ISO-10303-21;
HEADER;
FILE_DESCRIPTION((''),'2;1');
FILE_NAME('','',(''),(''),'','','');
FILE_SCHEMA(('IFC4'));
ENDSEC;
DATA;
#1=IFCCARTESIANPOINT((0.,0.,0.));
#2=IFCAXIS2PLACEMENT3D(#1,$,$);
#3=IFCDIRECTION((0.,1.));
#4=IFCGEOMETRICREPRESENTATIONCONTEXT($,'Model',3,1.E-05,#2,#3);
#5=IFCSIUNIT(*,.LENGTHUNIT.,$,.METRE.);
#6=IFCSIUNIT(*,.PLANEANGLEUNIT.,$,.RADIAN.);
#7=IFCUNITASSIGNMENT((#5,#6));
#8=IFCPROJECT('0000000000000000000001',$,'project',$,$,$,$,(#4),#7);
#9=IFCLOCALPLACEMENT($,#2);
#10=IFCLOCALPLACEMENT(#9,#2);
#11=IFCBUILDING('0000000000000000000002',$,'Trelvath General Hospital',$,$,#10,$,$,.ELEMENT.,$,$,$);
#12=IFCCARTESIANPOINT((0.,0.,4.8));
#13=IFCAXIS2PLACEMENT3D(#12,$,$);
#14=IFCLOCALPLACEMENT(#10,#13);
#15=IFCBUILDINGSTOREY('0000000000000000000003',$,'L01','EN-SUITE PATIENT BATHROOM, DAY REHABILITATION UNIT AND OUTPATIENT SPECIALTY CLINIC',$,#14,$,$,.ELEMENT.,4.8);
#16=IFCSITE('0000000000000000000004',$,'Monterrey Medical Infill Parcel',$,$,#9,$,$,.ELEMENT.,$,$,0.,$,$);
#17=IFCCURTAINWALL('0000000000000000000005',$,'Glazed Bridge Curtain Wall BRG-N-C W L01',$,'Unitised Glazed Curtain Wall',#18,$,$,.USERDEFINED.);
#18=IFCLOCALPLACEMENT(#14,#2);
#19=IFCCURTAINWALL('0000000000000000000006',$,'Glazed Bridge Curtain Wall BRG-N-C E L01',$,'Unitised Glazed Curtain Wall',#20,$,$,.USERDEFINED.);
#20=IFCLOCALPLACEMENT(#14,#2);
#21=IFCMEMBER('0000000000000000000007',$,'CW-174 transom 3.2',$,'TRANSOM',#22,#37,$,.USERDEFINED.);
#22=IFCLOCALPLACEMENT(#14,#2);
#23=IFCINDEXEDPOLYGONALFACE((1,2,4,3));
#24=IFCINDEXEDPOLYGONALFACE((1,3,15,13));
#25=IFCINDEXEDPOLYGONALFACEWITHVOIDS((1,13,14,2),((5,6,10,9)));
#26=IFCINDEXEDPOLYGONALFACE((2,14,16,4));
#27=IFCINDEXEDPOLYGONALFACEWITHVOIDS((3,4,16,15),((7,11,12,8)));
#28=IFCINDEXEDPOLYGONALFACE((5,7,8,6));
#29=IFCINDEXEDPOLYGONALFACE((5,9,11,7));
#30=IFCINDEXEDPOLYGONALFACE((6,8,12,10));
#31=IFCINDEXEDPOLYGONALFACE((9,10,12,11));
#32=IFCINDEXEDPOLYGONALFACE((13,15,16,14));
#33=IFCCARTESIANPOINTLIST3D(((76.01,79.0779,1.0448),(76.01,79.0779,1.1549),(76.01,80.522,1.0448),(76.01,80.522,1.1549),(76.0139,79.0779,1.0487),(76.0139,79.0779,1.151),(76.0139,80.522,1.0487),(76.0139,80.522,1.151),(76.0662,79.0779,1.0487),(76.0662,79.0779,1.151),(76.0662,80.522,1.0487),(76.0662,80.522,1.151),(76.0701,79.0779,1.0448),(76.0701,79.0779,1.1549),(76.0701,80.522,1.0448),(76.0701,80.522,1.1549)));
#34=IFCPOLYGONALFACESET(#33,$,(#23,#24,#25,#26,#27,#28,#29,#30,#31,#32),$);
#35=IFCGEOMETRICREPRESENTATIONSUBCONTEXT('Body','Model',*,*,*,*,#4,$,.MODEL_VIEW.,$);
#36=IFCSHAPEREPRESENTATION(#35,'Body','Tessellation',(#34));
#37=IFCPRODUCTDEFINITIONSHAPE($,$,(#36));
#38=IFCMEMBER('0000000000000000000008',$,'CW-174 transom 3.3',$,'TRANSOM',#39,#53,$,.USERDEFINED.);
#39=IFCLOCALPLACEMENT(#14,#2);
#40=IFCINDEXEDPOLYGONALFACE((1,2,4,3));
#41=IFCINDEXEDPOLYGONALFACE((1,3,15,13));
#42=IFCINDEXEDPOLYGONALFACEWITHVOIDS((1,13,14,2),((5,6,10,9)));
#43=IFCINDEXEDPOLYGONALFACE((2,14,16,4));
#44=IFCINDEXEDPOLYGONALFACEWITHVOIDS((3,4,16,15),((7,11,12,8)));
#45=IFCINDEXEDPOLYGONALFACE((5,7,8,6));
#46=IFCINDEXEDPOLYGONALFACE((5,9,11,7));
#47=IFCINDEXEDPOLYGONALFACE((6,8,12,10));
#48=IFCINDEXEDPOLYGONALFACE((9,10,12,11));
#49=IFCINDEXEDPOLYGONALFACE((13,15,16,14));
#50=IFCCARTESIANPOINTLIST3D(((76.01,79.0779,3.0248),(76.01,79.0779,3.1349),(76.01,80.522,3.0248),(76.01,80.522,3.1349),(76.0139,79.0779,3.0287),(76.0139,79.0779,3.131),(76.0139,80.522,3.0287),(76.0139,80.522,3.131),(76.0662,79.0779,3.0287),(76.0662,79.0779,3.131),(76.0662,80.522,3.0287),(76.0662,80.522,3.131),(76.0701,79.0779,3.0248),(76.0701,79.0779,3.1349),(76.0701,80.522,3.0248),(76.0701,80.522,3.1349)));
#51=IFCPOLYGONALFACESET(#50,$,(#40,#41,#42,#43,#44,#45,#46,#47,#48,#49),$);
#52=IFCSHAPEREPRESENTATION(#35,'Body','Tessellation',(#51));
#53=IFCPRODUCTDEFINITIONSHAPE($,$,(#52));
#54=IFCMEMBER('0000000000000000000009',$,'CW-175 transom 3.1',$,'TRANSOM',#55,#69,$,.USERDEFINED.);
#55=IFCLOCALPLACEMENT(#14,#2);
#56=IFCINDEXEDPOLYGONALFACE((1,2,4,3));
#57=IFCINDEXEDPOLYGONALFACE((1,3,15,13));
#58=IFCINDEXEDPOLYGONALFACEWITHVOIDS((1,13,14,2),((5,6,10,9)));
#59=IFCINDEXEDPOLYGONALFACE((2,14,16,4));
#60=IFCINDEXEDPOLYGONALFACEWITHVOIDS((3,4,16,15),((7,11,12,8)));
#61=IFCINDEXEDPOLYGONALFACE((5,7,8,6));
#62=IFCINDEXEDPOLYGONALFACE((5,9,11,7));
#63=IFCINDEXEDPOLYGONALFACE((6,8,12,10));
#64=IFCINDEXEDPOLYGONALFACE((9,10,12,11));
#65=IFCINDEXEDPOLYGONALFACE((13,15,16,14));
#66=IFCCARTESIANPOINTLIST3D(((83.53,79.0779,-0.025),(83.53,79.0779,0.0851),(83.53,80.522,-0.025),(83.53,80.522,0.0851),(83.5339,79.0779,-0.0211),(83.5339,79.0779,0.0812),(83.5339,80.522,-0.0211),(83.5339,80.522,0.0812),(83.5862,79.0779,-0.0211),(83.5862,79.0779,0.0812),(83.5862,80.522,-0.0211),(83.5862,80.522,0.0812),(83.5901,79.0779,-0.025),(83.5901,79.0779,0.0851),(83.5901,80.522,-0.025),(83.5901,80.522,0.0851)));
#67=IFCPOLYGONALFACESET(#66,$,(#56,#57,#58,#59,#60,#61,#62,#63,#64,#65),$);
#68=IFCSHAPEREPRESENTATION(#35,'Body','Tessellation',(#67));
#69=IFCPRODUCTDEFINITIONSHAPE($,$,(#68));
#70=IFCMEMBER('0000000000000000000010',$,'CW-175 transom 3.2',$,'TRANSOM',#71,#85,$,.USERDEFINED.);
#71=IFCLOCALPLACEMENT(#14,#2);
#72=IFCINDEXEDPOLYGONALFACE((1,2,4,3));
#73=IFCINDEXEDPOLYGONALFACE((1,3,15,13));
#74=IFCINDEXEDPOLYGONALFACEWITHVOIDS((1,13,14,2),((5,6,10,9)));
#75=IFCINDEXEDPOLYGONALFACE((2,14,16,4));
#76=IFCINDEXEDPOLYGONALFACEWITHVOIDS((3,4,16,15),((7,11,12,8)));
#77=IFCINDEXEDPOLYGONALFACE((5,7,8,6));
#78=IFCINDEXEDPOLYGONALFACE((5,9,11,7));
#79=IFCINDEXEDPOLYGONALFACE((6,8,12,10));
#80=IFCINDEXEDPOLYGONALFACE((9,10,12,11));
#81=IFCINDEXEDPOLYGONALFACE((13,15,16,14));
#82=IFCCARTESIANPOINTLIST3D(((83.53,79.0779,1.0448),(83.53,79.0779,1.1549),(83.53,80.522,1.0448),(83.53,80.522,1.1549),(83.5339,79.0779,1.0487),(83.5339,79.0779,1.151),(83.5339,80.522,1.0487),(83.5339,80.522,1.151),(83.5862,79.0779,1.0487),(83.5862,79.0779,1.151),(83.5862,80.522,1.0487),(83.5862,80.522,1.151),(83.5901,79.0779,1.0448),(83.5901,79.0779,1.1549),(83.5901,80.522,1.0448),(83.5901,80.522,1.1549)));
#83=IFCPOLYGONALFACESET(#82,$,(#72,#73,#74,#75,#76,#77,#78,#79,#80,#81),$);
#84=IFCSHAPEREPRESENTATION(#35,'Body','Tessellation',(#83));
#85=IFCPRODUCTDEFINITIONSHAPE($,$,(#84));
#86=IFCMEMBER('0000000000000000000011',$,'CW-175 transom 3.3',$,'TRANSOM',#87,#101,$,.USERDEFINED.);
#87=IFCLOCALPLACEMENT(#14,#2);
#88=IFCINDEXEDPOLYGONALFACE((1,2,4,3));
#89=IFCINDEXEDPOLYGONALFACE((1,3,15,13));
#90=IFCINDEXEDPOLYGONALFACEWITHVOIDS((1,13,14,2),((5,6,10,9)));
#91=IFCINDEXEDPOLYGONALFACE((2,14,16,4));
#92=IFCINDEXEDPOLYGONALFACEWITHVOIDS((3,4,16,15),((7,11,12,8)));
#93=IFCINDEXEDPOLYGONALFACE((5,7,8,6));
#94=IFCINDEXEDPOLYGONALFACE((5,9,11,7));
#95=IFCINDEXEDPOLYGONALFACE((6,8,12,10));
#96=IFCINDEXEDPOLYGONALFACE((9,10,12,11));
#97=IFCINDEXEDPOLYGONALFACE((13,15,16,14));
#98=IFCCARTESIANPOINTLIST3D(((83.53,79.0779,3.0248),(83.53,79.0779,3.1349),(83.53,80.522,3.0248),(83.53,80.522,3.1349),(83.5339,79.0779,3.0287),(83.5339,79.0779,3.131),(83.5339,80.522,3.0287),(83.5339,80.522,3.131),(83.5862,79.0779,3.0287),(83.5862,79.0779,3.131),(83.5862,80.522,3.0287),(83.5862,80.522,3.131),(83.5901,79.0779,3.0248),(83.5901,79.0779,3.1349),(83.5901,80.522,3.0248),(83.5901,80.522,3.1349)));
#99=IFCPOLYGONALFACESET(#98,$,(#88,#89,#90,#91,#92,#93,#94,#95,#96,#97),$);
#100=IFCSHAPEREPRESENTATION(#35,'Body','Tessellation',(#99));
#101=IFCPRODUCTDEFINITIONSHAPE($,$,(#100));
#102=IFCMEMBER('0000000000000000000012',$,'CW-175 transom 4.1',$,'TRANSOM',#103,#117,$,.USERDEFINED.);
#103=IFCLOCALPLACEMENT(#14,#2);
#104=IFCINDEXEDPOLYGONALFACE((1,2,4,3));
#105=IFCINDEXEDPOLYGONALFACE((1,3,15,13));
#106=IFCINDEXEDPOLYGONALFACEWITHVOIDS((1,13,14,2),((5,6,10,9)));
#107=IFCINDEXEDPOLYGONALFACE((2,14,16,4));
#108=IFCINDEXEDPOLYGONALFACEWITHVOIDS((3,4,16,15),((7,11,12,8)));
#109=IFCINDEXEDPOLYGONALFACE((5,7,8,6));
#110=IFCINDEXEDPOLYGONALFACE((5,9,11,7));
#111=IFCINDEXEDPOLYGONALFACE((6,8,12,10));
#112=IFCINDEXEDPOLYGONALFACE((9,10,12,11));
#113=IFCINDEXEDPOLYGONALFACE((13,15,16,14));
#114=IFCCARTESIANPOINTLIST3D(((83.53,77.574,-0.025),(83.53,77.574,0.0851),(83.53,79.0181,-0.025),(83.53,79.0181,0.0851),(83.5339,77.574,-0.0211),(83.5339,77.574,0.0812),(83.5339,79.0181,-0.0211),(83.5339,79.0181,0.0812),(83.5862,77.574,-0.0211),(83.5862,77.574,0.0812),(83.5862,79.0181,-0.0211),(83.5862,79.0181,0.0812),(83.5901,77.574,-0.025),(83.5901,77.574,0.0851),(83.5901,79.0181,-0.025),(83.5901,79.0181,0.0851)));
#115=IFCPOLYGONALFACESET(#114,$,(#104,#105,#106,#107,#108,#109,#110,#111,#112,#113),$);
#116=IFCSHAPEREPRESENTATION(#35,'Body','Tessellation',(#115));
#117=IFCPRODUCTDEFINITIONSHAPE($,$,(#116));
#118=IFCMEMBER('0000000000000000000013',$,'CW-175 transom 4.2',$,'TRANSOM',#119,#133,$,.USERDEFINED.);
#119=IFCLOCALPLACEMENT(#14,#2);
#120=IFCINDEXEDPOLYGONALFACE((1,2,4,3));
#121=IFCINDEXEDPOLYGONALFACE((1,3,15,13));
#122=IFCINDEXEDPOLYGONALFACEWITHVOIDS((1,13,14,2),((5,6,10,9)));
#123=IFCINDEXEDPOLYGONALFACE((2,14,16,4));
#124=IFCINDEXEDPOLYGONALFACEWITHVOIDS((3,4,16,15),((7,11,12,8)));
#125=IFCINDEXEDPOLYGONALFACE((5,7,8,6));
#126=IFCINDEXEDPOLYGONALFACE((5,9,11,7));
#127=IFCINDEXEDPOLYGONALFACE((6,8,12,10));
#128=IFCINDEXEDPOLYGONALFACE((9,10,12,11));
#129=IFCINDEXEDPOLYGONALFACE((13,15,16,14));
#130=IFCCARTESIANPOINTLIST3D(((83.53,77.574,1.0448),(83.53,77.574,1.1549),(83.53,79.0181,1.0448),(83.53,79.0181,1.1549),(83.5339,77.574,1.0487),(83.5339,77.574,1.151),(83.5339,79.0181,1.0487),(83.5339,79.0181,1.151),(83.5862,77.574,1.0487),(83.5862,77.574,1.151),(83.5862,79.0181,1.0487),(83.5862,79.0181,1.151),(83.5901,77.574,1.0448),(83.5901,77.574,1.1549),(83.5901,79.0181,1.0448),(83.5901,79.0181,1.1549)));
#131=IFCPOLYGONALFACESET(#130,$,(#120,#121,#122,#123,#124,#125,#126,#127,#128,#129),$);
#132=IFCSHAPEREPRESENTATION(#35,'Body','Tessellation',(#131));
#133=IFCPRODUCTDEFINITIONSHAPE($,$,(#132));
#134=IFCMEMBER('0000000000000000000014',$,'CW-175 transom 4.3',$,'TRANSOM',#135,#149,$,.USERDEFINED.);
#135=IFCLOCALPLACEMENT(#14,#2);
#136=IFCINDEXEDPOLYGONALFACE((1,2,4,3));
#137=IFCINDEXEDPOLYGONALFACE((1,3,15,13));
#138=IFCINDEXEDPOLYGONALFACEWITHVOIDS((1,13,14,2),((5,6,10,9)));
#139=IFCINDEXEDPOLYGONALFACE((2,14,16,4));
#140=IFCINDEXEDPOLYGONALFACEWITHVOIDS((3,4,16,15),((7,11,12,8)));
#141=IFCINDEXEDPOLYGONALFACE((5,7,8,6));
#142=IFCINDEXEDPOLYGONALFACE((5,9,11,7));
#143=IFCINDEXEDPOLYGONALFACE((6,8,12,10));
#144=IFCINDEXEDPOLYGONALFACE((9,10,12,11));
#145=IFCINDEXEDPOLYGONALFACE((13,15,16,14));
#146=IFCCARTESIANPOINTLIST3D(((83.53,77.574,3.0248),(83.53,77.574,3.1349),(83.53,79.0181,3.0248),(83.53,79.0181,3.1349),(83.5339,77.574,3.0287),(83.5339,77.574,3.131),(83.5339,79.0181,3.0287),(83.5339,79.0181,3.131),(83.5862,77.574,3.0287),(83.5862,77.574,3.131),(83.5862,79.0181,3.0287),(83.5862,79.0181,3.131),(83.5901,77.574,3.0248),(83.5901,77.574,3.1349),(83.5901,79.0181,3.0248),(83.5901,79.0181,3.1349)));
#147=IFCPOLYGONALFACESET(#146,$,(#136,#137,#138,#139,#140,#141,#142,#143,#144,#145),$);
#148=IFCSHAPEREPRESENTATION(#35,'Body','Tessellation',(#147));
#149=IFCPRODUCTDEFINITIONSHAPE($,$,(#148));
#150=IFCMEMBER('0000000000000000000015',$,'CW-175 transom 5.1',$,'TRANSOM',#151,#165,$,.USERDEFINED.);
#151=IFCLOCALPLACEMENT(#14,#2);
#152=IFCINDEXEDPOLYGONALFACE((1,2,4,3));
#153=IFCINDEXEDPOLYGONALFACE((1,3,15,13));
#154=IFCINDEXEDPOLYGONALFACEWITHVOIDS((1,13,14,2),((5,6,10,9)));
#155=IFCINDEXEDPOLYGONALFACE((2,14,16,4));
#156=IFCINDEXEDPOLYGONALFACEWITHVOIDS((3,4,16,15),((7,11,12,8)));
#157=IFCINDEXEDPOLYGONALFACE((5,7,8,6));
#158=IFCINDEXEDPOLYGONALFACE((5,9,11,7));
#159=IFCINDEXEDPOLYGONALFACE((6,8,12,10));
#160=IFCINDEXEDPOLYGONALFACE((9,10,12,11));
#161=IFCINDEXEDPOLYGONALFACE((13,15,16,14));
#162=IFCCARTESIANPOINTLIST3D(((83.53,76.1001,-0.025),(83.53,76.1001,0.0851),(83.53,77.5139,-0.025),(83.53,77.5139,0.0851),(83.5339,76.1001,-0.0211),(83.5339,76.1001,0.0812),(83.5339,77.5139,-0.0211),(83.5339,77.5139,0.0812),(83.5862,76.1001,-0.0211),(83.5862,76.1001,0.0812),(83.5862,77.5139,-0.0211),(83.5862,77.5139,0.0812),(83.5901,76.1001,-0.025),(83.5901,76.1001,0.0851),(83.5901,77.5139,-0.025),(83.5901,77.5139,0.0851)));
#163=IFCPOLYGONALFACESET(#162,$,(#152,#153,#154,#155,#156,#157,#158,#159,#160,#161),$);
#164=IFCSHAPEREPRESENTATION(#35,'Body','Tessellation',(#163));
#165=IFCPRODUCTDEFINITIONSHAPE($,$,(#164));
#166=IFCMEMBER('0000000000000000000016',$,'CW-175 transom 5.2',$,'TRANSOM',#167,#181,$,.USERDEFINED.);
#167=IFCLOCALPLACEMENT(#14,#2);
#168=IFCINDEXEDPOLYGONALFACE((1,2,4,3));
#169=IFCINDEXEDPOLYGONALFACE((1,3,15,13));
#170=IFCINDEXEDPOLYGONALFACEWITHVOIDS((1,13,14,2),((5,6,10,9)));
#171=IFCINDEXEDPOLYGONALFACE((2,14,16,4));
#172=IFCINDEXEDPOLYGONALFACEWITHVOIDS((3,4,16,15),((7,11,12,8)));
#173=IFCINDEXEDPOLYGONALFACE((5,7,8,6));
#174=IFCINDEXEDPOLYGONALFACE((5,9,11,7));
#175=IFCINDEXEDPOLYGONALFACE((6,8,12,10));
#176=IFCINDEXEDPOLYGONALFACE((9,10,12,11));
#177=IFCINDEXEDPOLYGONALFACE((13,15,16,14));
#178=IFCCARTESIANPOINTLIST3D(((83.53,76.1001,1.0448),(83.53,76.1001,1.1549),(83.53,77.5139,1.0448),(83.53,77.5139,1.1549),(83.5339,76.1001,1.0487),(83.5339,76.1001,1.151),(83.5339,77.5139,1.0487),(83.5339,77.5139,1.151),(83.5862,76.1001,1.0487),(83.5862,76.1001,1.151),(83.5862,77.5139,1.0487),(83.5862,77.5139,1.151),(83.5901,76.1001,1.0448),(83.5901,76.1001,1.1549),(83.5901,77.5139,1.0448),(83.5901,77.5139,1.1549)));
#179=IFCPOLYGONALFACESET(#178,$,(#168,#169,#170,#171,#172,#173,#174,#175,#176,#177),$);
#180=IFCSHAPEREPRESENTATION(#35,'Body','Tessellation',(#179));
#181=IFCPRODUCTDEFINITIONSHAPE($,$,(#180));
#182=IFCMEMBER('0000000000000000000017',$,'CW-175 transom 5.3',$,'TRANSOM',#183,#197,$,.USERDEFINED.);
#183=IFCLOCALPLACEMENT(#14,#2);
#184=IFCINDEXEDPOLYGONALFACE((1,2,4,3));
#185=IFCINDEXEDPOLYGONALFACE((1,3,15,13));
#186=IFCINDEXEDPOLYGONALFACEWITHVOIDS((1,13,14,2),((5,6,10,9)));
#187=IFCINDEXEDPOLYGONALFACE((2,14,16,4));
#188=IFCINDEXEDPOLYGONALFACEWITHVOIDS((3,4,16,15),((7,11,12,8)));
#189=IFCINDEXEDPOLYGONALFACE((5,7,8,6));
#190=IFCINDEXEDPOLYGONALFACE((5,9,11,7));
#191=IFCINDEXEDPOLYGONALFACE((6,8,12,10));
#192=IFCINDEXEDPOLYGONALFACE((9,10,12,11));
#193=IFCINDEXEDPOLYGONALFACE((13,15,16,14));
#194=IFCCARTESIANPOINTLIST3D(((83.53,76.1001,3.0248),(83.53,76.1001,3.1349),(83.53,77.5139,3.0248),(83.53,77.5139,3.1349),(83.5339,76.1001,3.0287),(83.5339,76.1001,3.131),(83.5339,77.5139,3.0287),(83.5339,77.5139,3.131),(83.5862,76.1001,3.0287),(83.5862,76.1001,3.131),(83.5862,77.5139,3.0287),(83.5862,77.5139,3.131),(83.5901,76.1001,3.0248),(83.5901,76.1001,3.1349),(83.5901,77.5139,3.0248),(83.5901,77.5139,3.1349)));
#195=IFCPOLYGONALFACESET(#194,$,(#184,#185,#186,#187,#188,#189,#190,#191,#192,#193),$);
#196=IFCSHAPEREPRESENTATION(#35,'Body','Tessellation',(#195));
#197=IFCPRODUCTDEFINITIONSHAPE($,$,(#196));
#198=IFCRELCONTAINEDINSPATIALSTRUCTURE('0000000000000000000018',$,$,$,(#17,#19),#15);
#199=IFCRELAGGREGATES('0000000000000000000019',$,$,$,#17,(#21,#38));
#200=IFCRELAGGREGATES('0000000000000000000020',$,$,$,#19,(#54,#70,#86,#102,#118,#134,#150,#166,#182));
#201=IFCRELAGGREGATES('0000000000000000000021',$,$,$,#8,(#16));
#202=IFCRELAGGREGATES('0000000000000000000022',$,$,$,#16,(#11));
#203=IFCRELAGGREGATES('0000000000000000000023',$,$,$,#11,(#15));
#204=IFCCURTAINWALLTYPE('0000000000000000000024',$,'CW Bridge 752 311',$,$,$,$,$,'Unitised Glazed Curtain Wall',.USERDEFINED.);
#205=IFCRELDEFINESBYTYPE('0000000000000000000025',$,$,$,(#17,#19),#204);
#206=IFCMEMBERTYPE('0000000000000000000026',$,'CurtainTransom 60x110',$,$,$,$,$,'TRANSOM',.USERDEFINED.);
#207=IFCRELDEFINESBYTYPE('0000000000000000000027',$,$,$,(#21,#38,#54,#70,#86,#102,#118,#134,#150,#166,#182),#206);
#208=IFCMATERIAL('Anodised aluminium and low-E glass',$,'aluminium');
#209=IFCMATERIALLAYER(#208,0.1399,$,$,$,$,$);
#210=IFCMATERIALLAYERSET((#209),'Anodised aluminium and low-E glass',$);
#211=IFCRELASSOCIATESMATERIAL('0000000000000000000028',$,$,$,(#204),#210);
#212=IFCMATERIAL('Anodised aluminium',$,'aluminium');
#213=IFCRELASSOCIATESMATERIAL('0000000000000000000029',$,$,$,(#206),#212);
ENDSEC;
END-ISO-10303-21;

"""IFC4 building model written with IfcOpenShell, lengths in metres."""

from ifc_helpers import new_model, si_unit, direction, frame, origin, origin_2d, place, context, subcontext, project, spatial, hollow_rectangle, extrude, material, layer, layer_set, material_profile, profile_set, type_object, element, aggregate, save


model = new_model("IFC4")

# Units and contexts
model_context = context("Model", 3, precision=1e-05, world=origin(), true_north=direction((0.0, 1.0)))
body_context = subcontext(model_context, "Body", "Model", "MODEL_VIEW")
ifc_project = project(units=[si_unit("LENGTHUNIT", "METRE"), si_unit("PLANEANGLEUNIT", "RADIAN")], contexts=[model_context])

# Site, building, storey
site_placement = place(None, origin())
site = spatial("IfcSite", under=ifc_project, at=site_placement, Name="Monterrey Medical Infill Parcel", CompositionType="ELEMENT", RefElevation=0.0)
building_placement = place(site_placement, origin())
building = spatial("IfcBuilding", under=site, at=building_placement, Name="Trelvath General Hospital", CompositionType="ELEMENT")
storey_placement = place(building_placement, frame((0.0, 0.0, 4.8)))
storey = spatial("IfcBuildingStorey", under=building, at=storey_placement, Name="L01", Description="EN-SUITE PATIENT BATHROOM, DAY REHABILITATION UNIT AND OUTPATIENT SPECIALTY CLINIC", CompositionType="ELEMENT", Elevation=4.8)

# Shared definitions
ifc_material_1 = material(Name="Anodised aluminium and low-E glass", Category="aluminium")
ifc_layer_1 = layer(ifc_material_1, 0.1399)
ifc_layer_set_1 = layer_set([ifc_layer_1], Name="Anodised aluminium and low-E glass")
curtain_wall_type = type_object("IfcCurtainWallType", Name="CW Bridge 752 311", ElementType="Unitised Glazed Curtain Wall", PredefinedType="USERDEFINED", material=ifc_layer_set_1)

# Curtain walls
curtain_wall_1_placement = place(storey_placement, origin())
curtain_wall_1 = element("IfcCurtainWall", 1, at=curtain_wall_1_placement, inside=storey, type_object=curtain_wall_type, Name="Glazed Bridge Curtain Wall BRG-N-C W L01", ObjectType="Unitised Glazed Curtain Wall", PredefinedType="USERDEFINED")
curtain_wall_2_placement = place(storey_placement, origin())
curtain_wall_2 = element("IfcCurtainWall", 2, at=curtain_wall_2_placement, inside=storey, type_object=curtain_wall_type, Name="Glazed Bridge Curtain Wall BRG-N-C E L01", ObjectType="Unitised Glazed Curtain Wall", PredefinedType="USERDEFINED")

# Members
ifc_material_2 = material(Name="Anodised aluminium", Category="aluminium")
ifc_material_profile_1 = material_profile(ifc_material_2, hollow_rectangle(XDim=0.0601, YDim=0.1101, WallThickness=0.0039, at=origin_2d()), Name="RHS60x110x4")
ifc_profile_set_1 = profile_set([ifc_material_profile_1], Name="Anodised aluminium")
member_type_1 = type_object("IfcMemberType", Name="CurtainTransom 60x110", ElementType="TRANSOM", PredefinedType="USERDEFINED", material=ifc_profile_set_1)
member_1_placement = place(storey_placement, frame((76.04, 79.0779, 1.0999), z_axis=(0.0, 1.0, 0.0), x_axis=(-1.0, 0.0, 0.0)))
member_1 = element("IfcMember", 3, at=member_1_placement, type_object=member_type_1, Name="CW-174 transom 3.2", ObjectType="TRANSOM", PredefinedType="USERDEFINED", context=body_context, shape_type="SweptSolid", body=[
    extrude(hollow_rectangle(XDim=0.0601, YDim=0.1101, WallThickness=0.0039, at=origin_2d()), origin(), (0.0, 0.0, 1.0), 1.4441),
])
member_2_placement = place(storey_placement, frame((76.04, 79.0779, 3.0798), z_axis=(0.0, 1.0, 0.0), x_axis=(-1.0, 0.0, 0.0)))
member_2 = element("IfcMember", 4, at=member_2_placement, type_object=member_type_1, Name="CW-174 transom 3.3", ObjectType="TRANSOM", PredefinedType="USERDEFINED", context=body_context, shape_type="SweptSolid", body=[
    extrude(hollow_rectangle(XDim=0.0601, YDim=0.1101, WallThickness=0.0039, at=origin_2d()), origin(), (0.0, 0.0, 1.0), 1.4441),
])
member_3_placement = place(storey_placement, frame((83.5601, 80.522, 0.03), z_axis=(0.0, -1.0, 0.0), x_axis=(1.0, 0.0, 0.0)))
member_3 = element("IfcMember", 5, at=member_3_placement, type_object=member_type_1, Name="CW-175 transom 3.1", ObjectType="TRANSOM", PredefinedType="USERDEFINED", context=body_context, shape_type="SweptSolid", body=[
    extrude(hollow_rectangle(XDim=0.0601, YDim=0.1101, WallThickness=0.0039, at=origin_2d()), origin(), (0.0, 0.0, 1.0), 1.4441),
])
member_4_placement = place(storey_placement, frame((83.5601, 80.522, 1.0999), z_axis=(0.0, -1.0, 0.0), x_axis=(1.0, 0.0, 0.0)))
member_4 = element("IfcMember", 6, at=member_4_placement, type_object=member_type_1, Name="CW-175 transom 3.2", ObjectType="TRANSOM", PredefinedType="USERDEFINED", context=body_context, shape_type="SweptSolid", body=[
    extrude(hollow_rectangle(XDim=0.0601, YDim=0.1101, WallThickness=0.0039, at=origin_2d()), origin(), (0.0, 0.0, 1.0), 1.4441),
])
member_5_placement = place(storey_placement, frame((83.5601, 80.522, 3.0798), z_axis=(0.0, -1.0, 0.0), x_axis=(1.0, 0.0, 0.0)))
member_5 = element("IfcMember", 7, at=member_5_placement, type_object=member_type_1, Name="CW-175 transom 3.3", ObjectType="TRANSOM", PredefinedType="USERDEFINED", context=body_context, shape_type="SweptSolid", body=[
    extrude(hollow_rectangle(XDim=0.0601, YDim=0.1101, WallThickness=0.0039, at=origin_2d()), origin(), (0.0, 0.0, 1.0), 1.4441),
])
member_6_placement = place(storey_placement, frame((83.5601, 79.0181, 0.03), z_axis=(0.0, -1.0, 0.0), x_axis=(1.0, 0.0, 0.0)))
member_6 = element("IfcMember", 8, at=member_6_placement, type_object=member_type_1, Name="CW-175 transom 4.1", ObjectType="TRANSOM", PredefinedType="USERDEFINED", context=body_context, shape_type="SweptSolid", body=[
    extrude(hollow_rectangle(XDim=0.0601, YDim=0.1101, WallThickness=0.0039, at=origin_2d()), origin(), (0.0, 0.0, 1.0), 1.4441),
])
member_7_placement = place(storey_placement, frame((83.5601, 79.0181, 1.0999), z_axis=(0.0, -1.0, 0.0), x_axis=(1.0, 0.0, 0.0)))
member_7 = element("IfcMember", 9, at=member_7_placement, type_object=member_type_1, Name="CW-175 transom 4.2", ObjectType="TRANSOM", PredefinedType="USERDEFINED", context=body_context, shape_type="SweptSolid", body=[
    extrude(hollow_rectangle(XDim=0.0601, YDim=0.1101, WallThickness=0.0039, at=origin_2d()), origin(), (0.0, 0.0, 1.0), 1.4441),
])
member_8_placement = place(storey_placement, frame((83.5601, 79.0181, 3.0798), z_axis=(0.0, -1.0, 0.0), x_axis=(1.0, 0.0, 0.0)))
member_8 = element("IfcMember", 10, at=member_8_placement, type_object=member_type_1, Name="CW-175 transom 4.3", ObjectType="TRANSOM", PredefinedType="USERDEFINED", context=body_context, shape_type="SweptSolid", body=[
    extrude(hollow_rectangle(XDim=0.0601, YDim=0.1101, WallThickness=0.0039, at=origin_2d()), origin(), (0.0, 0.0, 1.0), 1.4441),
])
member_9_placement = place(storey_placement, frame((83.5601, 77.5139, 0.03), z_axis=(0.0, -1.0, 0.0), x_axis=(1.0, 0.0, 0.0)))
member_9 = element("IfcMember", 11, at=member_9_placement, type_object=member_type_1, Name="CW-175 transom 5.1", ObjectType="TRANSOM", PredefinedType="USERDEFINED", context=body_context, shape_type="SweptSolid", body=[
    extrude(hollow_rectangle(XDim=0.0601, YDim=0.1101, WallThickness=0.0039, at=origin_2d()), origin(), (0.0, 0.0, 1.0), 1.4138),
])
member_10_placement = place(storey_placement, frame((83.5601, 77.5139, 1.0999), z_axis=(0.0, -1.0, 0.0), x_axis=(1.0, 0.0, 0.0)))
member_10 = element("IfcMember", 12, at=member_10_placement, type_object=member_type_1, Name="CW-175 transom 5.2", ObjectType="TRANSOM", PredefinedType="USERDEFINED", context=body_context, shape_type="SweptSolid", body=[
    extrude(hollow_rectangle(XDim=0.0601, YDim=0.1101, WallThickness=0.0039, at=origin_2d()), origin(), (0.0, 0.0, 1.0), 1.4138),
])
member_11_placement = place(storey_placement, frame((83.5601, 77.5139, 3.0798), z_axis=(0.0, -1.0, 0.0), x_axis=(1.0, 0.0, 0.0)))
member_11 = element("IfcMember", 13, at=member_11_placement, type_object=member_type_1, Name="CW-175 transom 5.3", ObjectType="TRANSOM", PredefinedType="USERDEFINED", context=body_context, shape_type="SweptSolid", body=[
    extrude(hollow_rectangle(XDim=0.0601, YDim=0.1101, WallThickness=0.0039, at=origin_2d()), origin(), (0.0, 0.0, 1.0), 1.4138),
])

aggregate(curtain_wall_1, [member_1, member_2])
aggregate(curtain_wall_2, [member_3, member_4, member_5, member_6, member_7, member_8, member_9, member_10, member_11])

save(model, "model.ifc")
